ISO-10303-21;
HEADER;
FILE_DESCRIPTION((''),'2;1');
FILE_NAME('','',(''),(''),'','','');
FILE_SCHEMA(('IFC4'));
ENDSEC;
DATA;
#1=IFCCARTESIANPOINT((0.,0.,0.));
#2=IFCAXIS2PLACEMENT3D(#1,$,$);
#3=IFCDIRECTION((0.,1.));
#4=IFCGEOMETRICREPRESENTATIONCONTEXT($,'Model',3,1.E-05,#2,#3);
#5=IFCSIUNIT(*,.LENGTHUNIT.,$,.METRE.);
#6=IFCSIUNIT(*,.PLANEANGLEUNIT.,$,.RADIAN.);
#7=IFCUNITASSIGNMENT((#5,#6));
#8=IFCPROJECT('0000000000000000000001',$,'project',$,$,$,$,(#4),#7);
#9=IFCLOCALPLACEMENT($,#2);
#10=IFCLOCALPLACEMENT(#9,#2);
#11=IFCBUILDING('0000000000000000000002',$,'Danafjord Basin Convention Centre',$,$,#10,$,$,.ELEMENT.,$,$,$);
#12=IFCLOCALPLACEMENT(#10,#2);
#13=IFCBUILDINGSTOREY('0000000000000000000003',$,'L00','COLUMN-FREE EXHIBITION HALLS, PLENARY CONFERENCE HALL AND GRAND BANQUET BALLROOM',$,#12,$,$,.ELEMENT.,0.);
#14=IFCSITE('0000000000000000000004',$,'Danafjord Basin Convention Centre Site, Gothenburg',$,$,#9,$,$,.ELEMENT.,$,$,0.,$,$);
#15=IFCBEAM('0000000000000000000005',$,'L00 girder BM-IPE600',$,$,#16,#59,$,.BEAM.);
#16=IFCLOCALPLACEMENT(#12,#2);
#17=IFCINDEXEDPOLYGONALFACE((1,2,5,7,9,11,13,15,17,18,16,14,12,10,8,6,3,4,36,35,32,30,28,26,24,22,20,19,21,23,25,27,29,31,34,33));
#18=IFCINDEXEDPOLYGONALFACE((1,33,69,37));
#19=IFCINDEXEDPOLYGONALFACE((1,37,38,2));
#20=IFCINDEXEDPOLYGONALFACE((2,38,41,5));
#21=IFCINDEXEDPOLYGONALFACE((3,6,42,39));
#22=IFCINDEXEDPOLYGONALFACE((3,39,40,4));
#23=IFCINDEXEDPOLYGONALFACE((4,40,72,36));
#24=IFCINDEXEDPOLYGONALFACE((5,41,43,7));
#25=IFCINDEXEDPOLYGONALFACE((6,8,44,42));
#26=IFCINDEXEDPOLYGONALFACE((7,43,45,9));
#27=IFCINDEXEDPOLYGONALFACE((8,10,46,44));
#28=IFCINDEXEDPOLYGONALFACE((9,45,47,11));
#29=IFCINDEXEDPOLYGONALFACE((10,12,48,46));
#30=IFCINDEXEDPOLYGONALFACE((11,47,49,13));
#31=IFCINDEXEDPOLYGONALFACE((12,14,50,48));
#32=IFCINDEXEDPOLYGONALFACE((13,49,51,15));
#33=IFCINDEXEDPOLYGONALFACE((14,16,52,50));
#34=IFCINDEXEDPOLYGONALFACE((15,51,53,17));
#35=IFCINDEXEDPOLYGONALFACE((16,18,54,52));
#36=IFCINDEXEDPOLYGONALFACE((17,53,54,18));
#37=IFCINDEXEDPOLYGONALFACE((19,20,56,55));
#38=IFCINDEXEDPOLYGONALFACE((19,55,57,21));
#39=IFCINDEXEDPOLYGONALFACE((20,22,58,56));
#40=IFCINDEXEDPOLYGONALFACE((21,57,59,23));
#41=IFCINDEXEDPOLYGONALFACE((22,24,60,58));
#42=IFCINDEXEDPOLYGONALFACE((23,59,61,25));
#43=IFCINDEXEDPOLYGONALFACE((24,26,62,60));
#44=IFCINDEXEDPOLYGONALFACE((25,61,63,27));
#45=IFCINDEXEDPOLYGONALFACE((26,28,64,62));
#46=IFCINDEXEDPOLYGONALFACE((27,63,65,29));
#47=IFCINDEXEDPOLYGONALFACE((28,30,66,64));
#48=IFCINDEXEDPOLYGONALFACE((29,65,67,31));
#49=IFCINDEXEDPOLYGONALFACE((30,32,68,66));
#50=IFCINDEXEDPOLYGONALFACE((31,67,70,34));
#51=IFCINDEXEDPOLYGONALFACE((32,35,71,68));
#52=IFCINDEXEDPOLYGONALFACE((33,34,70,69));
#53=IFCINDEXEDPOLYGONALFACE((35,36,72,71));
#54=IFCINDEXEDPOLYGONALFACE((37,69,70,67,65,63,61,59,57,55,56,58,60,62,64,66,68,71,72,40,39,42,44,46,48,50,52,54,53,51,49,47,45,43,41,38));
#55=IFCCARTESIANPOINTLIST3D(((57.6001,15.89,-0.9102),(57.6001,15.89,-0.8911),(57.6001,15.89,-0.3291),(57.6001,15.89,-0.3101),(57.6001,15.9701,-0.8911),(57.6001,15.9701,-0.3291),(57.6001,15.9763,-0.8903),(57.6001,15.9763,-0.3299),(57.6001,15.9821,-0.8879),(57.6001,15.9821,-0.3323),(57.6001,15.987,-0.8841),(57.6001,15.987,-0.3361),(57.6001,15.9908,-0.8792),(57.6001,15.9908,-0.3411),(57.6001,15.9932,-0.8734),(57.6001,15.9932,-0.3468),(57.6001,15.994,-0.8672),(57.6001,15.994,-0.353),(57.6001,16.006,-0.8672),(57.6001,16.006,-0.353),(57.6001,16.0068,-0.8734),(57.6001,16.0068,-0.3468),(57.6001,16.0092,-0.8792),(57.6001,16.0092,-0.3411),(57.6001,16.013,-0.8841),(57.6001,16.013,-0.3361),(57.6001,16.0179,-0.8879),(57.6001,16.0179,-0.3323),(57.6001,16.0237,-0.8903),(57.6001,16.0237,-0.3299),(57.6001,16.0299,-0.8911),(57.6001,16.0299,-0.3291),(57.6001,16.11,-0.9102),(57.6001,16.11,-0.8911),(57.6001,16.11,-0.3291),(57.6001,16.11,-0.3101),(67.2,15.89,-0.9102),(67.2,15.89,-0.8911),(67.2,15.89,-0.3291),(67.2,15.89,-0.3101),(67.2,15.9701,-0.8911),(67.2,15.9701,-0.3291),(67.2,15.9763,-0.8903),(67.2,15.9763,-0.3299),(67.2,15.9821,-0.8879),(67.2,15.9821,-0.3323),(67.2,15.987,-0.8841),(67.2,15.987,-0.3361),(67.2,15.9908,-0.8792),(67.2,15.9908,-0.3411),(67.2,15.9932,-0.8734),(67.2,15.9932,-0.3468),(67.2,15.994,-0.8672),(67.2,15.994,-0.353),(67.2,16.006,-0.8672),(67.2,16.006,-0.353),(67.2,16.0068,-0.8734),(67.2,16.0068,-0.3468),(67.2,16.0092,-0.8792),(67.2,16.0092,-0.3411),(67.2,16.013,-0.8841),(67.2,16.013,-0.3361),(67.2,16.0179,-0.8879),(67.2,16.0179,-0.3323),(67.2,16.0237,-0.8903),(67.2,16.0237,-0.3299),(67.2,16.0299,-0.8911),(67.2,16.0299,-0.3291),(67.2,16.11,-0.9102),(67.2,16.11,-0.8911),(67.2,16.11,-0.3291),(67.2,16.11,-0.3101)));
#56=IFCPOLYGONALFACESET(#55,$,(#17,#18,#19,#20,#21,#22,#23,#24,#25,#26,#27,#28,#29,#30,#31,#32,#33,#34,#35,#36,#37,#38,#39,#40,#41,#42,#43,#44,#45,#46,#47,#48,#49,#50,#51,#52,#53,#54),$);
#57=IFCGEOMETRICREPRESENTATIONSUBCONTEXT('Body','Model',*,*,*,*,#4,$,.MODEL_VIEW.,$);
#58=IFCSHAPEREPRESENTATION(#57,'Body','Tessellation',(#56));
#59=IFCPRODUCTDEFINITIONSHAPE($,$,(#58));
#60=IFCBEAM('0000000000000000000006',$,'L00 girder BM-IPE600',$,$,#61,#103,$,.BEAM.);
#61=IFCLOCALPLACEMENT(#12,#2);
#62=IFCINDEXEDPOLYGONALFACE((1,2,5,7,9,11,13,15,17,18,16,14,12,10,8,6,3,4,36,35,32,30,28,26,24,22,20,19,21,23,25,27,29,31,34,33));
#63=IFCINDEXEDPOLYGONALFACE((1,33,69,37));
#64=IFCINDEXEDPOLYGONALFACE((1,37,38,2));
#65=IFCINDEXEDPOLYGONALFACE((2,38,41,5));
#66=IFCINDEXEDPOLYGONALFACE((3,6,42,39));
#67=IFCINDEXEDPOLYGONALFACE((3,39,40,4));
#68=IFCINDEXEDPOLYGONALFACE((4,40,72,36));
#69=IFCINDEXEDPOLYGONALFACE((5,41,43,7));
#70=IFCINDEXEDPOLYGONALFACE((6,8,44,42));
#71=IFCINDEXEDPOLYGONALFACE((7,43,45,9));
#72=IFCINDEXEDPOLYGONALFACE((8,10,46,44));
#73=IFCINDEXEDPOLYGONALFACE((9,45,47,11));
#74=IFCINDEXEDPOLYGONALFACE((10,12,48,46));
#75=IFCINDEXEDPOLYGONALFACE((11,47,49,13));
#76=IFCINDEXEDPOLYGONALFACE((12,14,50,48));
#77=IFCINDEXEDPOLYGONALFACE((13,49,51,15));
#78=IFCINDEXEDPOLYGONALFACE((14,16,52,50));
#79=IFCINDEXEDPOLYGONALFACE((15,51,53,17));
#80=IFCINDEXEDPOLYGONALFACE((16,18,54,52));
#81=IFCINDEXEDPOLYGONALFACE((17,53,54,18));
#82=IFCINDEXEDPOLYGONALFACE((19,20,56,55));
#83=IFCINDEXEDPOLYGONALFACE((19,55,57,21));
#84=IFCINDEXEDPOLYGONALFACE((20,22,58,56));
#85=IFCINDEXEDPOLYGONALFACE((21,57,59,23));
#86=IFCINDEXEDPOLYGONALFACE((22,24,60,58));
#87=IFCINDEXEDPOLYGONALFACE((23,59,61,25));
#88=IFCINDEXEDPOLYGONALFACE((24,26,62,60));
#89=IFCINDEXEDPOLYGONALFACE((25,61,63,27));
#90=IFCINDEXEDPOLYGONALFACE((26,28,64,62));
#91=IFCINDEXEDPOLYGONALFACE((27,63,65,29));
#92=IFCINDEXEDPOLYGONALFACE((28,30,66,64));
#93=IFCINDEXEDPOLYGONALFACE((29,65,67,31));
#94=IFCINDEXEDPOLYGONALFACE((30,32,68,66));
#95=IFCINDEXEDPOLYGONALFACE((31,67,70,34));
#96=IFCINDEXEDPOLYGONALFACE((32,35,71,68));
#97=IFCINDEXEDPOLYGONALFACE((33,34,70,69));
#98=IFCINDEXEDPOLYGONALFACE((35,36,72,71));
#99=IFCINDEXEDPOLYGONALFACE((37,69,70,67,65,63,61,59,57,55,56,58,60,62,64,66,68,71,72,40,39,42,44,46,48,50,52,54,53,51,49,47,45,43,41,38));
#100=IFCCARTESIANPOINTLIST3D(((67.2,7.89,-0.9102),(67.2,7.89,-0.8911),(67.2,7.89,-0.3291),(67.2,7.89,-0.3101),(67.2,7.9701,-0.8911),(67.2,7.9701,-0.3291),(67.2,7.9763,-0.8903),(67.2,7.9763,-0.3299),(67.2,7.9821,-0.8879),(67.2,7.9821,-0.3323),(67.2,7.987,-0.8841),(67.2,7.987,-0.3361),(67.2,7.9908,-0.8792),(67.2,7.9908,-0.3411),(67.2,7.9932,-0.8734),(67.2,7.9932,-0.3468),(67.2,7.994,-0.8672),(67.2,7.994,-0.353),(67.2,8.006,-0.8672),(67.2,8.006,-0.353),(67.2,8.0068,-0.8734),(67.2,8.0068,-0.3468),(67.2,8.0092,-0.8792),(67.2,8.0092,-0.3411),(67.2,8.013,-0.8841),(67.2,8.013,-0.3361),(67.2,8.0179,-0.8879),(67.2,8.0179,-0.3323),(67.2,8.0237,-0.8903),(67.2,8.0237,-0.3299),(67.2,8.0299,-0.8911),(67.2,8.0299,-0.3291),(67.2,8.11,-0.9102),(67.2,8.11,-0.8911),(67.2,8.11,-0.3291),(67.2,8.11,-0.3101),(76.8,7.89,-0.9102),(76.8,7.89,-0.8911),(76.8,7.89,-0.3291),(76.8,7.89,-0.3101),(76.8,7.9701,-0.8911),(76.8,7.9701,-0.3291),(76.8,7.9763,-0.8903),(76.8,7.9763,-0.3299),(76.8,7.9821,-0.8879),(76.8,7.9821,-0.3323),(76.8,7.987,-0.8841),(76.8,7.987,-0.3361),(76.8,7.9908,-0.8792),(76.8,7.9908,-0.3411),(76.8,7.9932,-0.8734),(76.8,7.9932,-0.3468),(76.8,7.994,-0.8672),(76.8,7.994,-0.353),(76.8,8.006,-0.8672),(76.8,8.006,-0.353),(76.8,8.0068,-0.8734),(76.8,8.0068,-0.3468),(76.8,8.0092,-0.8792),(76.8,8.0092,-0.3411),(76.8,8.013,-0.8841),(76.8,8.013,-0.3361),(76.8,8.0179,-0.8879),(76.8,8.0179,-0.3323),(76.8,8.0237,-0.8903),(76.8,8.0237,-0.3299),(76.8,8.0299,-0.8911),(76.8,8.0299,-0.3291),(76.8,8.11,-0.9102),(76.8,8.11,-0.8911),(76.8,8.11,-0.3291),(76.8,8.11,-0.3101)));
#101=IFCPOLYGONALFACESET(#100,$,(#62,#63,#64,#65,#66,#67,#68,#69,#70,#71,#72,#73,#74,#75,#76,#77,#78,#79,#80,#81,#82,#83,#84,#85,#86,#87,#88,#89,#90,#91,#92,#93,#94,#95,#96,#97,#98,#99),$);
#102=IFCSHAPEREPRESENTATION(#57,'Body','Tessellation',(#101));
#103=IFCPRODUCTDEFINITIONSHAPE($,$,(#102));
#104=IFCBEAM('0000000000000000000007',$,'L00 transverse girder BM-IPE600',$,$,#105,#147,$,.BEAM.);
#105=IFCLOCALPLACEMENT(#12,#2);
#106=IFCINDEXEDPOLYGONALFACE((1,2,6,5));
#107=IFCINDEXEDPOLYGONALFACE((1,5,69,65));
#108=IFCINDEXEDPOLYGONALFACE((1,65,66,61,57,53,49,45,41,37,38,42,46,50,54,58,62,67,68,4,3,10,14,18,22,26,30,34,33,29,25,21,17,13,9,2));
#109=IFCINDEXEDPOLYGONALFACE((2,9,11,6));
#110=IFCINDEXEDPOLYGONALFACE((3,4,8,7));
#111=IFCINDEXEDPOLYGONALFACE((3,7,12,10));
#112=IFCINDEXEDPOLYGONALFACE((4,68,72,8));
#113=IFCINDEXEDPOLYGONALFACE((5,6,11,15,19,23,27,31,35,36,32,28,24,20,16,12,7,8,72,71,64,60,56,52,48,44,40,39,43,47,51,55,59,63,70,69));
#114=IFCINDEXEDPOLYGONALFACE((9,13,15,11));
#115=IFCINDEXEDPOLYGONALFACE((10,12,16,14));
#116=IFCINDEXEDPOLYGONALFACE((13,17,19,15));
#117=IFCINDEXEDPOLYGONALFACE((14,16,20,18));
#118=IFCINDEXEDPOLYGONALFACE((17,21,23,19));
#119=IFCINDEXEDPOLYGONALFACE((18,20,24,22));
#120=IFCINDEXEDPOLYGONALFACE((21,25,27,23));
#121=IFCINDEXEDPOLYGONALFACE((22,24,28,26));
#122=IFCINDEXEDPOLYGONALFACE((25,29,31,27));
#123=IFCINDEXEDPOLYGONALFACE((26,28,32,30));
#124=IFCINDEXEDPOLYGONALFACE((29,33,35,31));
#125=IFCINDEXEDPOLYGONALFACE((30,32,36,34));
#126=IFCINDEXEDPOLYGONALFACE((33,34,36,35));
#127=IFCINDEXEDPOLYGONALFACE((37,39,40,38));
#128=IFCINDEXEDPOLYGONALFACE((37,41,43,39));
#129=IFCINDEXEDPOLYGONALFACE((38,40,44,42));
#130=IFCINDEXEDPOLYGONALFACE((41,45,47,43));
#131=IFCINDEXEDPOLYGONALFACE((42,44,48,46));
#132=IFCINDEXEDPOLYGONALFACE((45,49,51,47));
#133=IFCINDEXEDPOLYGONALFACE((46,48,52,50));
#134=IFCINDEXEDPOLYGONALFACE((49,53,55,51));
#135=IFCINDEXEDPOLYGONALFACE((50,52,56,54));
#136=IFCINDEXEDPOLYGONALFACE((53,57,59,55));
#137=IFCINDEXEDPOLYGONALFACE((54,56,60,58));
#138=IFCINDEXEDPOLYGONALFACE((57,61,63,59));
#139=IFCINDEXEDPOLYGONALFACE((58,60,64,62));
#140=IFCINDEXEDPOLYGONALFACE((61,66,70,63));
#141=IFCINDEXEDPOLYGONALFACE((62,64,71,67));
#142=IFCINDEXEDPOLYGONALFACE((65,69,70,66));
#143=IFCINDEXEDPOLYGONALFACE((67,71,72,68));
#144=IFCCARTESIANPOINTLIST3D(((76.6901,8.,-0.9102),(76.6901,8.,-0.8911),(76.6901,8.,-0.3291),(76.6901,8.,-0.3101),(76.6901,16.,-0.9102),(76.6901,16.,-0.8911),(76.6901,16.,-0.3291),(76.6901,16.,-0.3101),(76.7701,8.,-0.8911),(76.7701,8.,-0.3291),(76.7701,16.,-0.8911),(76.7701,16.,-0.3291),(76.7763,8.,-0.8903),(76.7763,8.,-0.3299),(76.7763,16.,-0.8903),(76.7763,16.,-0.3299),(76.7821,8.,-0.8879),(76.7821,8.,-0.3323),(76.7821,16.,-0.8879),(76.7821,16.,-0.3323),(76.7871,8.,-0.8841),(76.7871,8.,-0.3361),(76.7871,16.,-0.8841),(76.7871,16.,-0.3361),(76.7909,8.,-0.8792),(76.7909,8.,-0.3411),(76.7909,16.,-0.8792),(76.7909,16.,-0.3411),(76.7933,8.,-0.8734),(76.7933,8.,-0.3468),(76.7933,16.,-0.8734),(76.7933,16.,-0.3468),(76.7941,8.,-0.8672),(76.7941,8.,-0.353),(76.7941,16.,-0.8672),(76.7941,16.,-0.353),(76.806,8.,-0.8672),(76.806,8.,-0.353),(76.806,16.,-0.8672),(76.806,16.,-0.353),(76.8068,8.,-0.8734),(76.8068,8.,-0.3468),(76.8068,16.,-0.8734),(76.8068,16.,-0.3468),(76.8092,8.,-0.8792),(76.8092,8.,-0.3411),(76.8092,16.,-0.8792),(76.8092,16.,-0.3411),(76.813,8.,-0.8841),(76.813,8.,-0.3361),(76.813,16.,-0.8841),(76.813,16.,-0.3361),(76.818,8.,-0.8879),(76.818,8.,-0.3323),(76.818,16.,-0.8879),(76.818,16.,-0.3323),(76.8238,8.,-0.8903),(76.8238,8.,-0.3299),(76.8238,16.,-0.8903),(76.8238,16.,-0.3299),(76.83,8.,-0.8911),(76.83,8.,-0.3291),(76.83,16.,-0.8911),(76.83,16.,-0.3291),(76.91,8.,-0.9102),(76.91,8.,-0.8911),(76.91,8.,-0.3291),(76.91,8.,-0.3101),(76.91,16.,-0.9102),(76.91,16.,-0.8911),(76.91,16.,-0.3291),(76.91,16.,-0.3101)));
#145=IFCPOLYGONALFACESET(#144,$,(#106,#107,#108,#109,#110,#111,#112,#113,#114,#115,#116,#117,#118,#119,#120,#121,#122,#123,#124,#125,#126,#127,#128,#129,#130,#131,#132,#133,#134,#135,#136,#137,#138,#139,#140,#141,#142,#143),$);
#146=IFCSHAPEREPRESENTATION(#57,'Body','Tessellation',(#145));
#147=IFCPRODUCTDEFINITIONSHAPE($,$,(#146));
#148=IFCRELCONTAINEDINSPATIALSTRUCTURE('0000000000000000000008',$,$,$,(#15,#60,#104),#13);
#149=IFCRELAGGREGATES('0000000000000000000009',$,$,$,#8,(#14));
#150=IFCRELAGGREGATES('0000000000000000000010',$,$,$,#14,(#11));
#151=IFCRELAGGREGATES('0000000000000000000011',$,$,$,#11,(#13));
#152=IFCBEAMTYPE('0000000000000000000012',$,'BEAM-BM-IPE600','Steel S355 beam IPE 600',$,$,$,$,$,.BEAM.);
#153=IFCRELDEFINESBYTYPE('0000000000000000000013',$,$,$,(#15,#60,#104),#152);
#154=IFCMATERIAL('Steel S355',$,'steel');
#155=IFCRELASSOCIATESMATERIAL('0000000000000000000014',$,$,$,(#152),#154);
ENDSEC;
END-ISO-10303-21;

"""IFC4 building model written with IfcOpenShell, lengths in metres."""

from ifc_helpers import new_model, si_unit, direction, frame, origin, origin_2d, place, context, subcontext, project, spatial, i_section, extrude, material, material_profile, profile_set, type_object, element, save


model = new_model("IFC4")

# Units and contexts
model_context = context("Model", 3, precision=1e-05, world=origin(), true_north=direction((0.0, 1.0)))
body_context = subcontext(model_context, "Body", "Model", "MODEL_VIEW")
ifc_project = project(units=[si_unit("LENGTHUNIT", "METRE"), si_unit("PLANEANGLEUNIT", "RADIAN")], contexts=[model_context])

# Site, building, storey
site_placement = place(None, origin())
site = spatial("IfcSite", under=ifc_project, at=site_placement, Name="Danafjord Basin Convention Centre Site, Gothenburg", CompositionType="ELEMENT", RefElevation=0.0)
building_placement = place(site_placement, origin())
building = spatial("IfcBuilding", under=site, at=building_placement, Name="Danafjord Basin Convention Centre", CompositionType="ELEMENT")
storey_placement = place(building_placement, origin())
storey = spatial("IfcBuildingStorey", under=building, at=storey_placement, Name="L00", Description="COLUMN-FREE EXHIBITION HALLS, PLENARY CONFERENCE HALL AND GRAND BANQUET BALLROOM", CompositionType="ELEMENT", Elevation=0.0)

# Shared definitions
ifc_material_1 = material(Name="Steel S355", Category="steel")

# Beams
ifc_material_profile_1 = material_profile(ifc_material_1, i_section(OverallWidth=0.22, OverallDepth=0.6001, WebThickness=0.012, FlangeThickness=0.019, FilletRadius=0.0239, at=origin_2d()), Name="IPE 600")
ifc_profile_set_1 = profile_set([ifc_material_profile_1], Name="Steel S355")
beam_type_1 = type_object("IfcBeamType", Name="BEAM-BM-IPE600", Description="Steel S355 beam IPE 600", PredefinedType="BEAM", material=ifc_profile_set_1)
beam_1_placement = place(storey_placement, frame((57.6001, 16.0, -0.6101), z_axis=(1.0, 0.0, 0.0), x_axis=(0.0, 1.0, 0.0)))
element("IfcBeam", 1, at=beam_1_placement, inside=storey, type_object=beam_type_1, Name="L00 girder BM-IPE600", PredefinedType="BEAM", context=body_context, shape_type="SweptSolid", body=[
    extrude(i_section(OverallWidth=0.22, OverallDepth=0.6001, WebThickness=0.012, FlangeThickness=0.019, FilletRadius=0.0239, at=origin_2d()), origin(), (0.0, 0.0, 1.0), 9.5999),
])
beam_2_placement = place(storey_placement, frame((67.2, 8.0, -0.6101), z_axis=(1.0, 0.0, 0.0), x_axis=(0.0, 1.0, 0.0)))
element("IfcBeam", 2, at=beam_2_placement, inside=storey, type_object=beam_type_1, Name="L00 girder BM-IPE600", PredefinedType="BEAM", context=body_context, shape_type="SweptSolid", body=[
    extrude(i_section(OverallWidth=0.22, OverallDepth=0.6001, WebThickness=0.012, FlangeThickness=0.019, FilletRadius=0.0239, at=origin_2d()), origin(), (0.0, 0.0, 1.0), 9.6001),
])
beam_3_placement = place(storey_placement, frame((76.8, 8.0, -0.6101), z_axis=(0.0, 1.0, 0.0), x_axis=(-1.0, 0.0, 0.0)))
element("IfcBeam", 3, at=beam_3_placement, inside=storey, type_object=beam_type_1, Name="L00 transverse girder BM-IPE600", PredefinedType="BEAM", context=body_context, shape_type="SweptSolid", body=[
    extrude(i_section(OverallWidth=0.22, OverallDepth=0.6001, WebThickness=0.012, FlangeThickness=0.019, FilletRadius=0.0239, at=origin_2d()), origin(), (0.0, 0.0, 1.0), 8.0),
])

save(model, "model.ifc")
